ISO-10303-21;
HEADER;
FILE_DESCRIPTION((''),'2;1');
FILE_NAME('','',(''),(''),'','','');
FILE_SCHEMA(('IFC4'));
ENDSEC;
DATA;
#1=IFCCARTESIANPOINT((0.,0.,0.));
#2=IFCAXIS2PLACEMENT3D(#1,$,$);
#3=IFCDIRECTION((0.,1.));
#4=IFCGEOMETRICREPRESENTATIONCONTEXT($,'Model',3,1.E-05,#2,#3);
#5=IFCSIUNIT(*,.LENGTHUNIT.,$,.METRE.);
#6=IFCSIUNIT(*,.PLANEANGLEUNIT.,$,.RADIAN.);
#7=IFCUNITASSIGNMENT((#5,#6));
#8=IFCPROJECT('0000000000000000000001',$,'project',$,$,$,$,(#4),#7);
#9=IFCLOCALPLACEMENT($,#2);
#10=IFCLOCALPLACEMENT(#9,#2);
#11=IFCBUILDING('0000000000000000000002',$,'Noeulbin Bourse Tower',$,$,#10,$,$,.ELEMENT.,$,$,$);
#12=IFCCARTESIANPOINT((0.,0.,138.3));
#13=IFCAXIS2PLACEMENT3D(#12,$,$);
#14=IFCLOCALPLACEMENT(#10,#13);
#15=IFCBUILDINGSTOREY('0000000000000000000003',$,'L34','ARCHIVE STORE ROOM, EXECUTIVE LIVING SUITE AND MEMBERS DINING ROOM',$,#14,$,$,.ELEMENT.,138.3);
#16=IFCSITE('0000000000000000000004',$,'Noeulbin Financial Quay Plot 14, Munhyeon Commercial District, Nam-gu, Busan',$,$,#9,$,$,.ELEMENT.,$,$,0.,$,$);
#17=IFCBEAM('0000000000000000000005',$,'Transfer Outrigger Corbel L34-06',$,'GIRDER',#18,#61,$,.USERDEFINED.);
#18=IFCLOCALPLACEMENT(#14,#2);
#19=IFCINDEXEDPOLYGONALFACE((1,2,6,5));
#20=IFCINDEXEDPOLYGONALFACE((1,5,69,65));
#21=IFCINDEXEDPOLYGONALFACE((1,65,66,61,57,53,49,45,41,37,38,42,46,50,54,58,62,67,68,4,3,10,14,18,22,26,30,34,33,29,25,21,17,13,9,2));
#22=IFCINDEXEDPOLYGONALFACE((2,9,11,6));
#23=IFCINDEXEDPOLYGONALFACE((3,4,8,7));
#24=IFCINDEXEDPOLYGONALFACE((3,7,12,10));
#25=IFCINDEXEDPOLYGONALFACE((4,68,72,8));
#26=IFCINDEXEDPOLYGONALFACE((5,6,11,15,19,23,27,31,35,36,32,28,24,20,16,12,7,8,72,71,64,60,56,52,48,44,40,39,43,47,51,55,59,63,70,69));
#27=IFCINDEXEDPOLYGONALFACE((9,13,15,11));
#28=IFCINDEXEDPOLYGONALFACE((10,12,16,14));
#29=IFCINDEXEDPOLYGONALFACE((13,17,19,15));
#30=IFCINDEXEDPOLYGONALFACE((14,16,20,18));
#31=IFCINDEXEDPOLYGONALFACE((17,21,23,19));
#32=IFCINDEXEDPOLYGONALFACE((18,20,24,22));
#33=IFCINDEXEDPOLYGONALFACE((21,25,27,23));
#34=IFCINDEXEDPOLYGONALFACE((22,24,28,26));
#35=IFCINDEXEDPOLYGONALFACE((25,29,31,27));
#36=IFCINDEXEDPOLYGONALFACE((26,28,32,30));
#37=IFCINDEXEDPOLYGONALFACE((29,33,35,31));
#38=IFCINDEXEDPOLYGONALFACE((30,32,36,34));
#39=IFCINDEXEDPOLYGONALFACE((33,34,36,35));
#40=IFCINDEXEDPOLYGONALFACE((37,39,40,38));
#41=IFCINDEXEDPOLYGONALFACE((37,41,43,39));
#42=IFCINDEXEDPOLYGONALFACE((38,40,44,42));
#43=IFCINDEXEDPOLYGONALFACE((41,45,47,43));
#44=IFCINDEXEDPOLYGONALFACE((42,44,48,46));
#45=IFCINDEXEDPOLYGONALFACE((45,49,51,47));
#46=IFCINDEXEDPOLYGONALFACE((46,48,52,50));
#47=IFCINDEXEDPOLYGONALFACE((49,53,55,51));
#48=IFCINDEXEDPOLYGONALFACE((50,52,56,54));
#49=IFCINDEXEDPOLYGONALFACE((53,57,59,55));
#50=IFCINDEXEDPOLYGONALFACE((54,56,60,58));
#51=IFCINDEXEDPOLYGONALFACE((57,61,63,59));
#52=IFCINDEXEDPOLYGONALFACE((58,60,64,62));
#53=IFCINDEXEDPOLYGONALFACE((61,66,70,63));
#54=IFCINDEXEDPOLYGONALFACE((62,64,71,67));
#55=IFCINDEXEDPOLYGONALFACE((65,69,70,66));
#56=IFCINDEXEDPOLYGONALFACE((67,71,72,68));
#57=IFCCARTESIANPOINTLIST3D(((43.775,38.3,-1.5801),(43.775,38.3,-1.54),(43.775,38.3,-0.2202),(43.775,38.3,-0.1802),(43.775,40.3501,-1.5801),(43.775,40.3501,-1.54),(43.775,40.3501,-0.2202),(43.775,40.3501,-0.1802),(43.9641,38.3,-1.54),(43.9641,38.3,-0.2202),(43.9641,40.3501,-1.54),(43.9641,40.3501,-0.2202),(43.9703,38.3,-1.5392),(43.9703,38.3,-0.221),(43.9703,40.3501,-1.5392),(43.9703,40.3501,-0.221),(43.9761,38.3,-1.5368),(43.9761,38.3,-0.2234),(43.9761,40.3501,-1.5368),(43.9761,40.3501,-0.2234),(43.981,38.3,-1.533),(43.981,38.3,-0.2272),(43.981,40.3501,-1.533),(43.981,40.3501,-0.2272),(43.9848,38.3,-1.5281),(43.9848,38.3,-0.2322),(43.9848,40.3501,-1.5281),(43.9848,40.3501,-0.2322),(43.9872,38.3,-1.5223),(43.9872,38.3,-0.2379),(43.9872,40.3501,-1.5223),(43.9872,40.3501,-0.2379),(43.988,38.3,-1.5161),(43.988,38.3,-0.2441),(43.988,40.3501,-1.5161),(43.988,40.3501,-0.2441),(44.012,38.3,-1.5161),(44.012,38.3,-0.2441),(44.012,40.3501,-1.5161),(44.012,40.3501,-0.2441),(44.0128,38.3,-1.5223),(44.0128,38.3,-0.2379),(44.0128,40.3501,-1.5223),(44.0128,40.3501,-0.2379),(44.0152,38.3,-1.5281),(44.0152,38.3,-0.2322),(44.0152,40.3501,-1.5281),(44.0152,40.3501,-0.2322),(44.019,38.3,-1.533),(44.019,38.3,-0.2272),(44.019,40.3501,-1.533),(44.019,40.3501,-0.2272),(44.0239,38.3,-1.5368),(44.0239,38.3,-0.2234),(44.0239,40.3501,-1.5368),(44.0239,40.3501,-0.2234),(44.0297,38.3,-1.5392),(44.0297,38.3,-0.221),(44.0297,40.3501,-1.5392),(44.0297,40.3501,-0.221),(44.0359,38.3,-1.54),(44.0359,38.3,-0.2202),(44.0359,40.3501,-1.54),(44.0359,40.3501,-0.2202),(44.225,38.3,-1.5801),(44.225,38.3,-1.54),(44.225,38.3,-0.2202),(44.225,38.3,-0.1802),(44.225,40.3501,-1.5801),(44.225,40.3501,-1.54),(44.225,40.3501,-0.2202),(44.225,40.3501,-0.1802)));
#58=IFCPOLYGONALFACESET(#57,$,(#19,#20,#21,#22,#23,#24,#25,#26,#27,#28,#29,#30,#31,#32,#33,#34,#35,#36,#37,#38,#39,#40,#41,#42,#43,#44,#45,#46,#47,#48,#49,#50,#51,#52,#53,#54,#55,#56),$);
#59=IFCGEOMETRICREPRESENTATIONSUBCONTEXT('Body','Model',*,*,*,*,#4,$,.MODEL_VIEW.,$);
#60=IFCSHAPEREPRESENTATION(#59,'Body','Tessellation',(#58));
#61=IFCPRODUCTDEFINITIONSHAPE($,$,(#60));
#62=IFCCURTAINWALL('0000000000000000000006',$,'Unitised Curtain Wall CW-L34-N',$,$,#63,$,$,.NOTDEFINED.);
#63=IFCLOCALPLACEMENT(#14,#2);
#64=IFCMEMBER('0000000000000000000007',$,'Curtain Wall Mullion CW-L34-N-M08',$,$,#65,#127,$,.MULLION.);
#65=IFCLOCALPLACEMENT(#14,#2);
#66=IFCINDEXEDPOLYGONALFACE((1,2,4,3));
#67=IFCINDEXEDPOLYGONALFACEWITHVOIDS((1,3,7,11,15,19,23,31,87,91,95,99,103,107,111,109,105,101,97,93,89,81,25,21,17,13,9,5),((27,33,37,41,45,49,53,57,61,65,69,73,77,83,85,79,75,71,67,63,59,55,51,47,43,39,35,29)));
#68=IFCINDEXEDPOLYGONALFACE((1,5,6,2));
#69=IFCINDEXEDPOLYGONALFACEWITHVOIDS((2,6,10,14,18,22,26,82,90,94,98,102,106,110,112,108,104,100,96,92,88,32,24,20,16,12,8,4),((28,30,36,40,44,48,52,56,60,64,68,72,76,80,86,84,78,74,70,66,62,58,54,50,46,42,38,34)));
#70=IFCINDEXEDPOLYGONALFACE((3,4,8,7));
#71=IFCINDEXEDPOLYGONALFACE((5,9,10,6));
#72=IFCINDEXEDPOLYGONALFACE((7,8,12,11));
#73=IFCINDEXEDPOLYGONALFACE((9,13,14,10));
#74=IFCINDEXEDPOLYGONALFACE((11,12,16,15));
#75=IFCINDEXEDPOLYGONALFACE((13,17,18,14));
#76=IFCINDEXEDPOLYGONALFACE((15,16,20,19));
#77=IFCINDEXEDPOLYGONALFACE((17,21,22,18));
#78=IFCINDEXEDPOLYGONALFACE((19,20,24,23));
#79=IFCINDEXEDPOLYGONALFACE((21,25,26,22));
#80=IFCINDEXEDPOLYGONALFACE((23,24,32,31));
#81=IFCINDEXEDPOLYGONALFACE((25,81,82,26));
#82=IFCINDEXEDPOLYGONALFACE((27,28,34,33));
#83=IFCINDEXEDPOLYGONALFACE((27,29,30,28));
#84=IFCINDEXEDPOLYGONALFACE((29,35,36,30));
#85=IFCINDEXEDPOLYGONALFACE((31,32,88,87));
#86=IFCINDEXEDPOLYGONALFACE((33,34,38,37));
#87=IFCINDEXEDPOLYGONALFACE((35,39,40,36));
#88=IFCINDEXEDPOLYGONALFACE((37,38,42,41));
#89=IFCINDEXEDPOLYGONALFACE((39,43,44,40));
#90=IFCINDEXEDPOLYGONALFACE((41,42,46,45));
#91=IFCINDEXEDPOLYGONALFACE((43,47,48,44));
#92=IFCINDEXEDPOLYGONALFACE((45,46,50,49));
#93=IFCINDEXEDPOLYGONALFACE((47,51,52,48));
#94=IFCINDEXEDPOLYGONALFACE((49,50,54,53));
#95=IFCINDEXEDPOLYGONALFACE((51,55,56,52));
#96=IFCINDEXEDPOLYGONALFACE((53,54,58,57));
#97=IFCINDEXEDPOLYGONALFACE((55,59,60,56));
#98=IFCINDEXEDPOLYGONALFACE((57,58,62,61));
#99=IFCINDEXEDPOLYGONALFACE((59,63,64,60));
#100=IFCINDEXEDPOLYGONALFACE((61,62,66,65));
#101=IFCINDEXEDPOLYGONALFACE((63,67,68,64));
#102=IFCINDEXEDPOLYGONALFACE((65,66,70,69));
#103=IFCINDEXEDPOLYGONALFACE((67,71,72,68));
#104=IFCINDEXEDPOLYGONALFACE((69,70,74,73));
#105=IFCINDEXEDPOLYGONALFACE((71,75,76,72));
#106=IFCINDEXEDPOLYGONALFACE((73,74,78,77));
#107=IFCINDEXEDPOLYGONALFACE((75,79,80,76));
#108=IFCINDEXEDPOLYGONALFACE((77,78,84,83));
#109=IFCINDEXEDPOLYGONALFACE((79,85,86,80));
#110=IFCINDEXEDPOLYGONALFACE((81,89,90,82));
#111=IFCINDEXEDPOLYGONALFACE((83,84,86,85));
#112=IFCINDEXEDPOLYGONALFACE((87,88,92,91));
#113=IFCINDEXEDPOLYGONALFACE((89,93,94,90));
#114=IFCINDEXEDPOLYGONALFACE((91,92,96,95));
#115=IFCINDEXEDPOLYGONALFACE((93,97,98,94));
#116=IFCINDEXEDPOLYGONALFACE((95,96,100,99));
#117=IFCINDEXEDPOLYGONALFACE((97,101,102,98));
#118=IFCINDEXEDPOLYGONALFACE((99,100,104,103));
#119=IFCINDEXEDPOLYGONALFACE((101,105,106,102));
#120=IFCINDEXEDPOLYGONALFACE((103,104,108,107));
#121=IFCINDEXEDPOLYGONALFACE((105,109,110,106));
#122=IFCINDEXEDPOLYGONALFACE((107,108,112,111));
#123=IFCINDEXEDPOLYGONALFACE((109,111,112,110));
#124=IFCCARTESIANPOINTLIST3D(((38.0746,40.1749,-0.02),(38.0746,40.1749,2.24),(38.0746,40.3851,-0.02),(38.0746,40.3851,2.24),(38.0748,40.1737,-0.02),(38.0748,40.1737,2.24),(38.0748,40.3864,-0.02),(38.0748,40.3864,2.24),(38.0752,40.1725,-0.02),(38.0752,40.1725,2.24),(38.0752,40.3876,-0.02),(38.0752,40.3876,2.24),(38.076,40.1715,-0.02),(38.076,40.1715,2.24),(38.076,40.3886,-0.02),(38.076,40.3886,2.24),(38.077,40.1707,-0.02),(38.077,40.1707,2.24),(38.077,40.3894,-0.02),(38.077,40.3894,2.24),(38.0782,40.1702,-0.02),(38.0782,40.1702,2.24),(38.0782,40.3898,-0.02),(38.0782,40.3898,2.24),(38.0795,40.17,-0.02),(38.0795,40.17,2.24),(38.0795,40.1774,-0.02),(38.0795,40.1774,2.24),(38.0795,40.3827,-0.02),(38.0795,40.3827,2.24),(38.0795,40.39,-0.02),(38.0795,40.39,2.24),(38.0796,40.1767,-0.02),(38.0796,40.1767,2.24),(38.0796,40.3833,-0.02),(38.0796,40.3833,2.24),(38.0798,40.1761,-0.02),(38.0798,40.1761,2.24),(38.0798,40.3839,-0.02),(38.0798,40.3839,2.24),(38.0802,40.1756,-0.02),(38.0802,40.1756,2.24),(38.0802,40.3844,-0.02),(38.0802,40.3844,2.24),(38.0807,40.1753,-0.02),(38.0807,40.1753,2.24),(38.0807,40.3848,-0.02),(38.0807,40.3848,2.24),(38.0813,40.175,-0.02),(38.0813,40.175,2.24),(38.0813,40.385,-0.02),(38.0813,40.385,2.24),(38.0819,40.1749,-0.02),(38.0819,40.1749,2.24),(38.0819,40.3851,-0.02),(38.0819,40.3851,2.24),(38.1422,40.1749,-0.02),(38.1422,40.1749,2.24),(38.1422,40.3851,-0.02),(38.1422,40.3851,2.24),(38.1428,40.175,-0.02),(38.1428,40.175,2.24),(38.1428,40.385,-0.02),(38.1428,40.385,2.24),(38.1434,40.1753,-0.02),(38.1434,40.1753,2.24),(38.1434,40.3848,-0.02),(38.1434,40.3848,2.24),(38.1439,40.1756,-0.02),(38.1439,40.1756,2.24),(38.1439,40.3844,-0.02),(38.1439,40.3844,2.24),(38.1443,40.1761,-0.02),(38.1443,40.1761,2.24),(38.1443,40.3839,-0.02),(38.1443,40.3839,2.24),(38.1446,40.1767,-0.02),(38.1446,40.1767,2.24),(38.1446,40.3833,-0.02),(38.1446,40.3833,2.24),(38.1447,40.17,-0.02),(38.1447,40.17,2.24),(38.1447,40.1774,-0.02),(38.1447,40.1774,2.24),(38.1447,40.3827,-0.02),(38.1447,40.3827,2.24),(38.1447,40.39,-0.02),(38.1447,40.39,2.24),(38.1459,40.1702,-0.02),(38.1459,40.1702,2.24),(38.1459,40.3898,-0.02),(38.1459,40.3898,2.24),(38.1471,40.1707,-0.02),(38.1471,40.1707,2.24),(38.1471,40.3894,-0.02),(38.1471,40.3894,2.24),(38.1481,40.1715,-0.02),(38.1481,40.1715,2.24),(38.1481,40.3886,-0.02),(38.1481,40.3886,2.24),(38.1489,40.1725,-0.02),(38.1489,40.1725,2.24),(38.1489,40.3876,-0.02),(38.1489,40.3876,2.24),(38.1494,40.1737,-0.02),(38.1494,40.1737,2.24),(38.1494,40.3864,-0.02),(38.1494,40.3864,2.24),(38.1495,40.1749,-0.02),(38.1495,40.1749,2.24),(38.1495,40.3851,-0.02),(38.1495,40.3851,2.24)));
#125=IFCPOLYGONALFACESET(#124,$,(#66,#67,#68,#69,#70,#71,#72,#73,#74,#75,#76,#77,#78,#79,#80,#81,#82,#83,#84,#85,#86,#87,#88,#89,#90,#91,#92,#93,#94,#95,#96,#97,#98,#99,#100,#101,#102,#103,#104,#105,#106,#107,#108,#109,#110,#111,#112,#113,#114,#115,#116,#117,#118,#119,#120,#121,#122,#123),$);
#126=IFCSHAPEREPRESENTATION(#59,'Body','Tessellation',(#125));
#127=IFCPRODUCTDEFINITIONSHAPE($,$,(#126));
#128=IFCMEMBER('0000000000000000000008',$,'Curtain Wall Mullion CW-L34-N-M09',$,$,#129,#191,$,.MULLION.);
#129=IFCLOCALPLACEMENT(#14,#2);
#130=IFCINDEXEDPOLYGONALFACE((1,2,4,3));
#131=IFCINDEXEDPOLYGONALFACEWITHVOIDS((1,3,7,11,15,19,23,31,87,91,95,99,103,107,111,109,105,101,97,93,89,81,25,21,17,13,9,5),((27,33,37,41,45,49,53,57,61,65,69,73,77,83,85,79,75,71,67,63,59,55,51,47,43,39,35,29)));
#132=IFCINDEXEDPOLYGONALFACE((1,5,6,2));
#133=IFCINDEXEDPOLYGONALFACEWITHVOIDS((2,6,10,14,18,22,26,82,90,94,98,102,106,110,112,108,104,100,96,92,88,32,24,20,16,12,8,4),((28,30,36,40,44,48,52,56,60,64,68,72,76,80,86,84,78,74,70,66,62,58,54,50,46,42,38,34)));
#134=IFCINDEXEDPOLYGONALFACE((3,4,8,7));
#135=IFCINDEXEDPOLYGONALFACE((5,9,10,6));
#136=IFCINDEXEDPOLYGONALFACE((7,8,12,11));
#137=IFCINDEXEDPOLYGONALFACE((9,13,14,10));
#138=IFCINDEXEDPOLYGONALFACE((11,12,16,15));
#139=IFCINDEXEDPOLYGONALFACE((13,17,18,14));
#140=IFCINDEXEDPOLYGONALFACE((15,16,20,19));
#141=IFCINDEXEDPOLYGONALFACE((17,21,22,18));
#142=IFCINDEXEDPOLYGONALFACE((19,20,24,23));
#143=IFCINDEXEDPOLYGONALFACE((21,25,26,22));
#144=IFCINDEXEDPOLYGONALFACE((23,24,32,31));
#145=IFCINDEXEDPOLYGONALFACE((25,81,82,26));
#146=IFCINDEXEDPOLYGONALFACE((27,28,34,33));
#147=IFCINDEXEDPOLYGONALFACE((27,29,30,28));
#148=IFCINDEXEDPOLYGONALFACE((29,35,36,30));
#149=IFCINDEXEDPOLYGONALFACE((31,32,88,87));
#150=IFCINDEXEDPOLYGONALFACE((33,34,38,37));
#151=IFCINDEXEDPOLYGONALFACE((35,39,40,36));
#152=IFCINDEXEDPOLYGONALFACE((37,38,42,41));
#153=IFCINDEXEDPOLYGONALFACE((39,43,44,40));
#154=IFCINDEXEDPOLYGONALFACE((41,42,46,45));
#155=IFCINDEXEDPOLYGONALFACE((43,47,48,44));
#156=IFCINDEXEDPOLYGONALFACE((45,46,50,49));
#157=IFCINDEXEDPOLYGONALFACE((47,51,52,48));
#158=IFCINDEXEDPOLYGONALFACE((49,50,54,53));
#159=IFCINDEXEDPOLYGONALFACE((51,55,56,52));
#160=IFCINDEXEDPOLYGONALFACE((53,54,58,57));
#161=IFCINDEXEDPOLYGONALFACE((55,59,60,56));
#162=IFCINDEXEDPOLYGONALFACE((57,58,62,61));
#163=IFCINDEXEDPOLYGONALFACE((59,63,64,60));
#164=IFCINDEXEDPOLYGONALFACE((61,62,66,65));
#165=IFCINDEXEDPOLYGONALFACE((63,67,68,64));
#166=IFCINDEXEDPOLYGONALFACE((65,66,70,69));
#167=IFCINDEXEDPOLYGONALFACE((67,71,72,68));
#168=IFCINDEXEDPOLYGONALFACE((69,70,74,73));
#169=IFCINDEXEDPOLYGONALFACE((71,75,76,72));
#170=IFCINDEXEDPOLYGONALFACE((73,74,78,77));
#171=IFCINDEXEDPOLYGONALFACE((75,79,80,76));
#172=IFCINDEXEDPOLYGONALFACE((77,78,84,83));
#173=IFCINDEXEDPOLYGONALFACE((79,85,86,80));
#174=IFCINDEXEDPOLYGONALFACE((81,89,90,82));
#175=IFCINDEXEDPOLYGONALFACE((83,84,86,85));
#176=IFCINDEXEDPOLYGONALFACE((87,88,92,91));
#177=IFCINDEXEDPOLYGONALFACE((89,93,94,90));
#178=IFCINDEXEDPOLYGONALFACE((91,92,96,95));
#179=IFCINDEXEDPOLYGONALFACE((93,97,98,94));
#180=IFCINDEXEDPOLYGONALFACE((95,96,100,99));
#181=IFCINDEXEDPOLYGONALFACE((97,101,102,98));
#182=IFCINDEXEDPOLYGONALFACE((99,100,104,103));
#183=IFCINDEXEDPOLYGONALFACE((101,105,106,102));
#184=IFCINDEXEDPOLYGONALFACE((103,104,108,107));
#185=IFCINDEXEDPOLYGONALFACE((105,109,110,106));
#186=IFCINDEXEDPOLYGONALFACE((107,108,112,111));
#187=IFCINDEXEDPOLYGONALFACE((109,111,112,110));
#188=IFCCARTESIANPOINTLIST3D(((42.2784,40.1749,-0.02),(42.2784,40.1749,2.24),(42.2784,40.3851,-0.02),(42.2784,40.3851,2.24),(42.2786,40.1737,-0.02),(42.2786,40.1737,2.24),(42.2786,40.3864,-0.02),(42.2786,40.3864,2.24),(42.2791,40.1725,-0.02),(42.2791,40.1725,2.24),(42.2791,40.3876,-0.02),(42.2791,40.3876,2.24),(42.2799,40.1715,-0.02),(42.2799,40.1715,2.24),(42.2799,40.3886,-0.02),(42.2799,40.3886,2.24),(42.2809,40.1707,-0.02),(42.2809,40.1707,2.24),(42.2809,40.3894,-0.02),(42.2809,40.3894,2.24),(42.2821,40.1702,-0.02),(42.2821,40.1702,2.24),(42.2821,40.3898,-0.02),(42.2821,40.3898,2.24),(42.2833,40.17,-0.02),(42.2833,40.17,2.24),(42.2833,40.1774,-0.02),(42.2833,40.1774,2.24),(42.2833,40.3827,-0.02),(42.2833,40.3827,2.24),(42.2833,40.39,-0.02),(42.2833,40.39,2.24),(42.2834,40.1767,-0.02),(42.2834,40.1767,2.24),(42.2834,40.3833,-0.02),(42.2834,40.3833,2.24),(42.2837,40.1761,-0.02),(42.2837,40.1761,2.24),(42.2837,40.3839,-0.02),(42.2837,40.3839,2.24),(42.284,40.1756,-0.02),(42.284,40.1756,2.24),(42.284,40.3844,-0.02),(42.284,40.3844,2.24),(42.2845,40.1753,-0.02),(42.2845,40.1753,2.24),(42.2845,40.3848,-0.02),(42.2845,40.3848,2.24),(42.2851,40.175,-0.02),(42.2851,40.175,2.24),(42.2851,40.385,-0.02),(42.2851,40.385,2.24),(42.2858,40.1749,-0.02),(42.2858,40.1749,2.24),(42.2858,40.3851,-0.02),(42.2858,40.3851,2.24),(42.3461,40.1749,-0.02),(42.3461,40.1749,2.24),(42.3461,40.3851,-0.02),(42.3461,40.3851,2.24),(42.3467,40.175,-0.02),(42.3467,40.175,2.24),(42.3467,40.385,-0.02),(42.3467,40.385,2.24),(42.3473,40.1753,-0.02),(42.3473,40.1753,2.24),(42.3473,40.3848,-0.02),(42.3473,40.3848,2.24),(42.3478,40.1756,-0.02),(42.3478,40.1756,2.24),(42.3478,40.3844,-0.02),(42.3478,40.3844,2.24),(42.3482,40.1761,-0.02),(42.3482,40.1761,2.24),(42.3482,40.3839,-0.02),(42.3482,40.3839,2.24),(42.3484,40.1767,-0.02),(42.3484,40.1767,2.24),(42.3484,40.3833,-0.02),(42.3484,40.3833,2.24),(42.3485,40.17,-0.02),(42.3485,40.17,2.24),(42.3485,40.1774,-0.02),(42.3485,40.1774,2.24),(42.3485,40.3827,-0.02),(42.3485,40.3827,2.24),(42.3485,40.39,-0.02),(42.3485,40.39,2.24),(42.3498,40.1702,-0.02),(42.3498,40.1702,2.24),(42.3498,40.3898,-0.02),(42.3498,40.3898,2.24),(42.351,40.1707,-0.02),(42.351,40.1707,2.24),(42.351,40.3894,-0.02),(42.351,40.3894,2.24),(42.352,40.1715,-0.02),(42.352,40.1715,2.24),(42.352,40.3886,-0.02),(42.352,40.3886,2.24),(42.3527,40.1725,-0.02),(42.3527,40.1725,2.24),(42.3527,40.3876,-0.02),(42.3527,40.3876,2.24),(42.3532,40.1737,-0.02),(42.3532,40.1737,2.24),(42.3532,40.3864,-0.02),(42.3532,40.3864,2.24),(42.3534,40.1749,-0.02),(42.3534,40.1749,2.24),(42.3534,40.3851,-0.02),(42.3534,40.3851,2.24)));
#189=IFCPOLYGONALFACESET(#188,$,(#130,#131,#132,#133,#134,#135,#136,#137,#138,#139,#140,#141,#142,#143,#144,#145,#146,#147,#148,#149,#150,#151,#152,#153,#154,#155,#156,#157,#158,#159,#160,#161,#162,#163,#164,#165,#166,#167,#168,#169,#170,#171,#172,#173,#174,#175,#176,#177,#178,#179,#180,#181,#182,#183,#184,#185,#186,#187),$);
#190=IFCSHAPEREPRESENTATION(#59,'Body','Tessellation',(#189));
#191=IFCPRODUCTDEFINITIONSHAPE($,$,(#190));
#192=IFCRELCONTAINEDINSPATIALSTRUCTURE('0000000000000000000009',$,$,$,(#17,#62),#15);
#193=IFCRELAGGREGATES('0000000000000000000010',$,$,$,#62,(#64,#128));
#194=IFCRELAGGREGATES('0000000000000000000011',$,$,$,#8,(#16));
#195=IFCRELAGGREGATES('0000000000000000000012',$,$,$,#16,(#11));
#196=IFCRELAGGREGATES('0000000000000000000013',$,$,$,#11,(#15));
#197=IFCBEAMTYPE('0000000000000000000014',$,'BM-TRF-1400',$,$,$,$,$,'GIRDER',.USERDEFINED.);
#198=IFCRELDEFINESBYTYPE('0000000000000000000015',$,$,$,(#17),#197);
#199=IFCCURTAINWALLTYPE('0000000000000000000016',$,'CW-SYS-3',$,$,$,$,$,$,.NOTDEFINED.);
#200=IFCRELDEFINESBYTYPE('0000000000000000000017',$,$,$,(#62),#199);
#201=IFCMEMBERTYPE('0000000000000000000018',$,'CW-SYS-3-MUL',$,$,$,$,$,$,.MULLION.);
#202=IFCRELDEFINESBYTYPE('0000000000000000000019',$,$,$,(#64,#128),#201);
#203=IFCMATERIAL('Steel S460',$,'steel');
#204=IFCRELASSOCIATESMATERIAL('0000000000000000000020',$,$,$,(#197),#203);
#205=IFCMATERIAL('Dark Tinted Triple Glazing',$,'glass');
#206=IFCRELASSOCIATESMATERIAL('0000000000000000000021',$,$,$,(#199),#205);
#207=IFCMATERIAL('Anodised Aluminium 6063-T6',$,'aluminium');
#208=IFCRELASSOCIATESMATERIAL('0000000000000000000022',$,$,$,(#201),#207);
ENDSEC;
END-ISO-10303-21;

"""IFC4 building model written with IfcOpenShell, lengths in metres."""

from ifc_helpers import new_model, si_unit, direction, frame, origin, origin_2d, place, context, subcontext, project, spatial, hollow_rectangle, i_section, extrude, material, material_profile, profile_set, type_object, element, aggregate, save


model = new_model("IFC4")

# Units and contexts
model_context = context("Model", 3, precision=1e-05, world=origin(), true_north=direction((0.0, 1.0)))
body_context = subcontext(model_context, "Body", "Model", "MODEL_VIEW")
ifc_project = project(units=[si_unit("LENGTHUNIT", "METRE"), si_unit("PLANEANGLEUNIT", "RADIAN")], contexts=[model_context])

# Site, building, storey
site_placement = place(None, origin())
site = spatial("IfcSite", under=ifc_project, at=site_placement, Name="Noeulbin Financial Quay Plot 14, Munhyeon Commercial District, Nam-gu, Busan", CompositionType="ELEMENT", RefElevation=0.0)
building_placement = place(site_placement, origin())
building = spatial("IfcBuilding", under=site, at=building_placement, Name="Noeulbin Bourse Tower", CompositionType="ELEMENT")
storey_placement = place(building_placement, frame((0.0, 0.0, 138.3)))
storey = spatial("IfcBuildingStorey", under=building, at=storey_placement, Name="L34", Description="ARCHIVE STORE ROOM, EXECUTIVE LIVING SUITE AND MEMBERS DINING ROOM", CompositionType="ELEMENT", Elevation=138.3)

# Shared definitions
ifc_material_1 = material(Name="Steel S460", Category="steel")

# Beam
ifc_material_profile_1 = material_profile(ifc_material_1, i_section(OverallWidth=0.45, OverallDepth=1.3999, WebThickness=0.0239, FlangeThickness=0.04, FilletRadius=0.0239, at=origin_2d()), Name="PG-1400x450x24x40", Category="LoadBearing")
ifc_profile_set_1 = profile_set([ifc_material_profile_1], Name="Steel S460")
beam_type_1 = type_object("IfcBeamType", Name="BM-TRF-1400", ElementType="GIRDER", PredefinedType="USERDEFINED", material=ifc_profile_set_1)
for number, where, z_axis, x_axis, name in (
    (1, (44.0, 38.3, -0.8801), (0.0, 1.0, 0.0), (-1.0, 0.0, 0.0), "Transfer Outrigger Corbel L34-06"),
):
    element("IfcBeam", number, at=place(storey_placement, frame(where, z_axis=z_axis, x_axis=x_axis)), inside=storey, type_object=beam_type_1, Name=name, ObjectType="GIRDER", PredefinedType="USERDEFINED", context=body_context, shape_type="SweptSolid", body=[
        extrude(i_section(OverallWidth=0.45, OverallDepth=1.3999, WebThickness=0.0239, FlangeThickness=0.04, FilletRadius=0.0239, at=origin_2d()), origin(), (0.0, 0.0, 1.0), 2.05),
    ])

# Curtain wall, members
ifc_material_2 = material(Name="Dark Tinted Triple Glazing", Category="glass")
curtain_wall_type = type_object("IfcCurtainWallType", Name="CW-SYS-3", PredefinedType="NOTDEFINED", material=ifc_material_2)
curtain_wall_1_placement = place(storey_placement, origin())
curtain_wall_1 = element("IfcCurtainWall", 2, at=curtain_wall_1_placement, inside=storey, type_object=curtain_wall_type, Name="Unitised Curtain Wall CW-L34-N", PredefinedType="NOTDEFINED")
ifc_material_3 = material(Name="Anodised Aluminium 6063-T6", Category="aluminium")
ifc_material_profile_2 = material_profile(ifc_material_3, hollow_rectangle(XDim=0.075, YDim=0.22, WallThickness=0.0049, InnerFilletRadius=0.0024, OuterFilletRadius=0.0049, at=origin_2d()), Name="ALU-MULL-75x220x5", Category="LoadBearing")
ifc_profile_set_2 = profile_set([ifc_material_profile_2], Name="Anodised Aluminium 6063-T6")
member_type = type_object("IfcMemberType", Name="CW-SYS-3-MUL", PredefinedType="MULLION", material=ifc_profile_set_2)
member_1_placement = place(storey_placement, frame((38.1121, 40.28, -0.02), z_axis=(0.0, 0.0, 1.0), x_axis=(1.0, 0.0, 0.0)))
member_1 = element("IfcMember", 3, at=member_1_placement, type_object=member_type, Name="Curtain Wall Mullion CW-L34-N-M08", PredefinedType="MULLION", context=body_context, shape_type="SweptSolid", body=[
    extrude(hollow_rectangle(XDim=0.075, YDim=0.22, WallThickness=0.0049, InnerFilletRadius=0.0024, OuterFilletRadius=0.0049, at=origin_2d()), origin(), (0.0, 0.0, 1.0), 2.26),
])
member_2_placement = place(storey_placement, frame((42.3159, 40.28, -0.02), z_axis=(0.0, 0.0, 1.0), x_axis=(1.0, 0.0, 0.0)))
member_2 = element("IfcMember", 4, at=member_2_placement, type_object=member_type, Name="Curtain Wall Mullion CW-L34-N-M09", PredefinedType="MULLION", context=body_context, shape_type="SweptSolid", body=[
    extrude(hollow_rectangle(XDim=0.075, YDim=0.22, WallThickness=0.0049, InnerFilletRadius=0.0024, OuterFilletRadius=0.0049, at=origin_2d()), origin(), (0.0, 0.0, 1.0), 2.26),
])

aggregate(curtain_wall_1, [member_1, member_2])

save(model, "model.ifc")
